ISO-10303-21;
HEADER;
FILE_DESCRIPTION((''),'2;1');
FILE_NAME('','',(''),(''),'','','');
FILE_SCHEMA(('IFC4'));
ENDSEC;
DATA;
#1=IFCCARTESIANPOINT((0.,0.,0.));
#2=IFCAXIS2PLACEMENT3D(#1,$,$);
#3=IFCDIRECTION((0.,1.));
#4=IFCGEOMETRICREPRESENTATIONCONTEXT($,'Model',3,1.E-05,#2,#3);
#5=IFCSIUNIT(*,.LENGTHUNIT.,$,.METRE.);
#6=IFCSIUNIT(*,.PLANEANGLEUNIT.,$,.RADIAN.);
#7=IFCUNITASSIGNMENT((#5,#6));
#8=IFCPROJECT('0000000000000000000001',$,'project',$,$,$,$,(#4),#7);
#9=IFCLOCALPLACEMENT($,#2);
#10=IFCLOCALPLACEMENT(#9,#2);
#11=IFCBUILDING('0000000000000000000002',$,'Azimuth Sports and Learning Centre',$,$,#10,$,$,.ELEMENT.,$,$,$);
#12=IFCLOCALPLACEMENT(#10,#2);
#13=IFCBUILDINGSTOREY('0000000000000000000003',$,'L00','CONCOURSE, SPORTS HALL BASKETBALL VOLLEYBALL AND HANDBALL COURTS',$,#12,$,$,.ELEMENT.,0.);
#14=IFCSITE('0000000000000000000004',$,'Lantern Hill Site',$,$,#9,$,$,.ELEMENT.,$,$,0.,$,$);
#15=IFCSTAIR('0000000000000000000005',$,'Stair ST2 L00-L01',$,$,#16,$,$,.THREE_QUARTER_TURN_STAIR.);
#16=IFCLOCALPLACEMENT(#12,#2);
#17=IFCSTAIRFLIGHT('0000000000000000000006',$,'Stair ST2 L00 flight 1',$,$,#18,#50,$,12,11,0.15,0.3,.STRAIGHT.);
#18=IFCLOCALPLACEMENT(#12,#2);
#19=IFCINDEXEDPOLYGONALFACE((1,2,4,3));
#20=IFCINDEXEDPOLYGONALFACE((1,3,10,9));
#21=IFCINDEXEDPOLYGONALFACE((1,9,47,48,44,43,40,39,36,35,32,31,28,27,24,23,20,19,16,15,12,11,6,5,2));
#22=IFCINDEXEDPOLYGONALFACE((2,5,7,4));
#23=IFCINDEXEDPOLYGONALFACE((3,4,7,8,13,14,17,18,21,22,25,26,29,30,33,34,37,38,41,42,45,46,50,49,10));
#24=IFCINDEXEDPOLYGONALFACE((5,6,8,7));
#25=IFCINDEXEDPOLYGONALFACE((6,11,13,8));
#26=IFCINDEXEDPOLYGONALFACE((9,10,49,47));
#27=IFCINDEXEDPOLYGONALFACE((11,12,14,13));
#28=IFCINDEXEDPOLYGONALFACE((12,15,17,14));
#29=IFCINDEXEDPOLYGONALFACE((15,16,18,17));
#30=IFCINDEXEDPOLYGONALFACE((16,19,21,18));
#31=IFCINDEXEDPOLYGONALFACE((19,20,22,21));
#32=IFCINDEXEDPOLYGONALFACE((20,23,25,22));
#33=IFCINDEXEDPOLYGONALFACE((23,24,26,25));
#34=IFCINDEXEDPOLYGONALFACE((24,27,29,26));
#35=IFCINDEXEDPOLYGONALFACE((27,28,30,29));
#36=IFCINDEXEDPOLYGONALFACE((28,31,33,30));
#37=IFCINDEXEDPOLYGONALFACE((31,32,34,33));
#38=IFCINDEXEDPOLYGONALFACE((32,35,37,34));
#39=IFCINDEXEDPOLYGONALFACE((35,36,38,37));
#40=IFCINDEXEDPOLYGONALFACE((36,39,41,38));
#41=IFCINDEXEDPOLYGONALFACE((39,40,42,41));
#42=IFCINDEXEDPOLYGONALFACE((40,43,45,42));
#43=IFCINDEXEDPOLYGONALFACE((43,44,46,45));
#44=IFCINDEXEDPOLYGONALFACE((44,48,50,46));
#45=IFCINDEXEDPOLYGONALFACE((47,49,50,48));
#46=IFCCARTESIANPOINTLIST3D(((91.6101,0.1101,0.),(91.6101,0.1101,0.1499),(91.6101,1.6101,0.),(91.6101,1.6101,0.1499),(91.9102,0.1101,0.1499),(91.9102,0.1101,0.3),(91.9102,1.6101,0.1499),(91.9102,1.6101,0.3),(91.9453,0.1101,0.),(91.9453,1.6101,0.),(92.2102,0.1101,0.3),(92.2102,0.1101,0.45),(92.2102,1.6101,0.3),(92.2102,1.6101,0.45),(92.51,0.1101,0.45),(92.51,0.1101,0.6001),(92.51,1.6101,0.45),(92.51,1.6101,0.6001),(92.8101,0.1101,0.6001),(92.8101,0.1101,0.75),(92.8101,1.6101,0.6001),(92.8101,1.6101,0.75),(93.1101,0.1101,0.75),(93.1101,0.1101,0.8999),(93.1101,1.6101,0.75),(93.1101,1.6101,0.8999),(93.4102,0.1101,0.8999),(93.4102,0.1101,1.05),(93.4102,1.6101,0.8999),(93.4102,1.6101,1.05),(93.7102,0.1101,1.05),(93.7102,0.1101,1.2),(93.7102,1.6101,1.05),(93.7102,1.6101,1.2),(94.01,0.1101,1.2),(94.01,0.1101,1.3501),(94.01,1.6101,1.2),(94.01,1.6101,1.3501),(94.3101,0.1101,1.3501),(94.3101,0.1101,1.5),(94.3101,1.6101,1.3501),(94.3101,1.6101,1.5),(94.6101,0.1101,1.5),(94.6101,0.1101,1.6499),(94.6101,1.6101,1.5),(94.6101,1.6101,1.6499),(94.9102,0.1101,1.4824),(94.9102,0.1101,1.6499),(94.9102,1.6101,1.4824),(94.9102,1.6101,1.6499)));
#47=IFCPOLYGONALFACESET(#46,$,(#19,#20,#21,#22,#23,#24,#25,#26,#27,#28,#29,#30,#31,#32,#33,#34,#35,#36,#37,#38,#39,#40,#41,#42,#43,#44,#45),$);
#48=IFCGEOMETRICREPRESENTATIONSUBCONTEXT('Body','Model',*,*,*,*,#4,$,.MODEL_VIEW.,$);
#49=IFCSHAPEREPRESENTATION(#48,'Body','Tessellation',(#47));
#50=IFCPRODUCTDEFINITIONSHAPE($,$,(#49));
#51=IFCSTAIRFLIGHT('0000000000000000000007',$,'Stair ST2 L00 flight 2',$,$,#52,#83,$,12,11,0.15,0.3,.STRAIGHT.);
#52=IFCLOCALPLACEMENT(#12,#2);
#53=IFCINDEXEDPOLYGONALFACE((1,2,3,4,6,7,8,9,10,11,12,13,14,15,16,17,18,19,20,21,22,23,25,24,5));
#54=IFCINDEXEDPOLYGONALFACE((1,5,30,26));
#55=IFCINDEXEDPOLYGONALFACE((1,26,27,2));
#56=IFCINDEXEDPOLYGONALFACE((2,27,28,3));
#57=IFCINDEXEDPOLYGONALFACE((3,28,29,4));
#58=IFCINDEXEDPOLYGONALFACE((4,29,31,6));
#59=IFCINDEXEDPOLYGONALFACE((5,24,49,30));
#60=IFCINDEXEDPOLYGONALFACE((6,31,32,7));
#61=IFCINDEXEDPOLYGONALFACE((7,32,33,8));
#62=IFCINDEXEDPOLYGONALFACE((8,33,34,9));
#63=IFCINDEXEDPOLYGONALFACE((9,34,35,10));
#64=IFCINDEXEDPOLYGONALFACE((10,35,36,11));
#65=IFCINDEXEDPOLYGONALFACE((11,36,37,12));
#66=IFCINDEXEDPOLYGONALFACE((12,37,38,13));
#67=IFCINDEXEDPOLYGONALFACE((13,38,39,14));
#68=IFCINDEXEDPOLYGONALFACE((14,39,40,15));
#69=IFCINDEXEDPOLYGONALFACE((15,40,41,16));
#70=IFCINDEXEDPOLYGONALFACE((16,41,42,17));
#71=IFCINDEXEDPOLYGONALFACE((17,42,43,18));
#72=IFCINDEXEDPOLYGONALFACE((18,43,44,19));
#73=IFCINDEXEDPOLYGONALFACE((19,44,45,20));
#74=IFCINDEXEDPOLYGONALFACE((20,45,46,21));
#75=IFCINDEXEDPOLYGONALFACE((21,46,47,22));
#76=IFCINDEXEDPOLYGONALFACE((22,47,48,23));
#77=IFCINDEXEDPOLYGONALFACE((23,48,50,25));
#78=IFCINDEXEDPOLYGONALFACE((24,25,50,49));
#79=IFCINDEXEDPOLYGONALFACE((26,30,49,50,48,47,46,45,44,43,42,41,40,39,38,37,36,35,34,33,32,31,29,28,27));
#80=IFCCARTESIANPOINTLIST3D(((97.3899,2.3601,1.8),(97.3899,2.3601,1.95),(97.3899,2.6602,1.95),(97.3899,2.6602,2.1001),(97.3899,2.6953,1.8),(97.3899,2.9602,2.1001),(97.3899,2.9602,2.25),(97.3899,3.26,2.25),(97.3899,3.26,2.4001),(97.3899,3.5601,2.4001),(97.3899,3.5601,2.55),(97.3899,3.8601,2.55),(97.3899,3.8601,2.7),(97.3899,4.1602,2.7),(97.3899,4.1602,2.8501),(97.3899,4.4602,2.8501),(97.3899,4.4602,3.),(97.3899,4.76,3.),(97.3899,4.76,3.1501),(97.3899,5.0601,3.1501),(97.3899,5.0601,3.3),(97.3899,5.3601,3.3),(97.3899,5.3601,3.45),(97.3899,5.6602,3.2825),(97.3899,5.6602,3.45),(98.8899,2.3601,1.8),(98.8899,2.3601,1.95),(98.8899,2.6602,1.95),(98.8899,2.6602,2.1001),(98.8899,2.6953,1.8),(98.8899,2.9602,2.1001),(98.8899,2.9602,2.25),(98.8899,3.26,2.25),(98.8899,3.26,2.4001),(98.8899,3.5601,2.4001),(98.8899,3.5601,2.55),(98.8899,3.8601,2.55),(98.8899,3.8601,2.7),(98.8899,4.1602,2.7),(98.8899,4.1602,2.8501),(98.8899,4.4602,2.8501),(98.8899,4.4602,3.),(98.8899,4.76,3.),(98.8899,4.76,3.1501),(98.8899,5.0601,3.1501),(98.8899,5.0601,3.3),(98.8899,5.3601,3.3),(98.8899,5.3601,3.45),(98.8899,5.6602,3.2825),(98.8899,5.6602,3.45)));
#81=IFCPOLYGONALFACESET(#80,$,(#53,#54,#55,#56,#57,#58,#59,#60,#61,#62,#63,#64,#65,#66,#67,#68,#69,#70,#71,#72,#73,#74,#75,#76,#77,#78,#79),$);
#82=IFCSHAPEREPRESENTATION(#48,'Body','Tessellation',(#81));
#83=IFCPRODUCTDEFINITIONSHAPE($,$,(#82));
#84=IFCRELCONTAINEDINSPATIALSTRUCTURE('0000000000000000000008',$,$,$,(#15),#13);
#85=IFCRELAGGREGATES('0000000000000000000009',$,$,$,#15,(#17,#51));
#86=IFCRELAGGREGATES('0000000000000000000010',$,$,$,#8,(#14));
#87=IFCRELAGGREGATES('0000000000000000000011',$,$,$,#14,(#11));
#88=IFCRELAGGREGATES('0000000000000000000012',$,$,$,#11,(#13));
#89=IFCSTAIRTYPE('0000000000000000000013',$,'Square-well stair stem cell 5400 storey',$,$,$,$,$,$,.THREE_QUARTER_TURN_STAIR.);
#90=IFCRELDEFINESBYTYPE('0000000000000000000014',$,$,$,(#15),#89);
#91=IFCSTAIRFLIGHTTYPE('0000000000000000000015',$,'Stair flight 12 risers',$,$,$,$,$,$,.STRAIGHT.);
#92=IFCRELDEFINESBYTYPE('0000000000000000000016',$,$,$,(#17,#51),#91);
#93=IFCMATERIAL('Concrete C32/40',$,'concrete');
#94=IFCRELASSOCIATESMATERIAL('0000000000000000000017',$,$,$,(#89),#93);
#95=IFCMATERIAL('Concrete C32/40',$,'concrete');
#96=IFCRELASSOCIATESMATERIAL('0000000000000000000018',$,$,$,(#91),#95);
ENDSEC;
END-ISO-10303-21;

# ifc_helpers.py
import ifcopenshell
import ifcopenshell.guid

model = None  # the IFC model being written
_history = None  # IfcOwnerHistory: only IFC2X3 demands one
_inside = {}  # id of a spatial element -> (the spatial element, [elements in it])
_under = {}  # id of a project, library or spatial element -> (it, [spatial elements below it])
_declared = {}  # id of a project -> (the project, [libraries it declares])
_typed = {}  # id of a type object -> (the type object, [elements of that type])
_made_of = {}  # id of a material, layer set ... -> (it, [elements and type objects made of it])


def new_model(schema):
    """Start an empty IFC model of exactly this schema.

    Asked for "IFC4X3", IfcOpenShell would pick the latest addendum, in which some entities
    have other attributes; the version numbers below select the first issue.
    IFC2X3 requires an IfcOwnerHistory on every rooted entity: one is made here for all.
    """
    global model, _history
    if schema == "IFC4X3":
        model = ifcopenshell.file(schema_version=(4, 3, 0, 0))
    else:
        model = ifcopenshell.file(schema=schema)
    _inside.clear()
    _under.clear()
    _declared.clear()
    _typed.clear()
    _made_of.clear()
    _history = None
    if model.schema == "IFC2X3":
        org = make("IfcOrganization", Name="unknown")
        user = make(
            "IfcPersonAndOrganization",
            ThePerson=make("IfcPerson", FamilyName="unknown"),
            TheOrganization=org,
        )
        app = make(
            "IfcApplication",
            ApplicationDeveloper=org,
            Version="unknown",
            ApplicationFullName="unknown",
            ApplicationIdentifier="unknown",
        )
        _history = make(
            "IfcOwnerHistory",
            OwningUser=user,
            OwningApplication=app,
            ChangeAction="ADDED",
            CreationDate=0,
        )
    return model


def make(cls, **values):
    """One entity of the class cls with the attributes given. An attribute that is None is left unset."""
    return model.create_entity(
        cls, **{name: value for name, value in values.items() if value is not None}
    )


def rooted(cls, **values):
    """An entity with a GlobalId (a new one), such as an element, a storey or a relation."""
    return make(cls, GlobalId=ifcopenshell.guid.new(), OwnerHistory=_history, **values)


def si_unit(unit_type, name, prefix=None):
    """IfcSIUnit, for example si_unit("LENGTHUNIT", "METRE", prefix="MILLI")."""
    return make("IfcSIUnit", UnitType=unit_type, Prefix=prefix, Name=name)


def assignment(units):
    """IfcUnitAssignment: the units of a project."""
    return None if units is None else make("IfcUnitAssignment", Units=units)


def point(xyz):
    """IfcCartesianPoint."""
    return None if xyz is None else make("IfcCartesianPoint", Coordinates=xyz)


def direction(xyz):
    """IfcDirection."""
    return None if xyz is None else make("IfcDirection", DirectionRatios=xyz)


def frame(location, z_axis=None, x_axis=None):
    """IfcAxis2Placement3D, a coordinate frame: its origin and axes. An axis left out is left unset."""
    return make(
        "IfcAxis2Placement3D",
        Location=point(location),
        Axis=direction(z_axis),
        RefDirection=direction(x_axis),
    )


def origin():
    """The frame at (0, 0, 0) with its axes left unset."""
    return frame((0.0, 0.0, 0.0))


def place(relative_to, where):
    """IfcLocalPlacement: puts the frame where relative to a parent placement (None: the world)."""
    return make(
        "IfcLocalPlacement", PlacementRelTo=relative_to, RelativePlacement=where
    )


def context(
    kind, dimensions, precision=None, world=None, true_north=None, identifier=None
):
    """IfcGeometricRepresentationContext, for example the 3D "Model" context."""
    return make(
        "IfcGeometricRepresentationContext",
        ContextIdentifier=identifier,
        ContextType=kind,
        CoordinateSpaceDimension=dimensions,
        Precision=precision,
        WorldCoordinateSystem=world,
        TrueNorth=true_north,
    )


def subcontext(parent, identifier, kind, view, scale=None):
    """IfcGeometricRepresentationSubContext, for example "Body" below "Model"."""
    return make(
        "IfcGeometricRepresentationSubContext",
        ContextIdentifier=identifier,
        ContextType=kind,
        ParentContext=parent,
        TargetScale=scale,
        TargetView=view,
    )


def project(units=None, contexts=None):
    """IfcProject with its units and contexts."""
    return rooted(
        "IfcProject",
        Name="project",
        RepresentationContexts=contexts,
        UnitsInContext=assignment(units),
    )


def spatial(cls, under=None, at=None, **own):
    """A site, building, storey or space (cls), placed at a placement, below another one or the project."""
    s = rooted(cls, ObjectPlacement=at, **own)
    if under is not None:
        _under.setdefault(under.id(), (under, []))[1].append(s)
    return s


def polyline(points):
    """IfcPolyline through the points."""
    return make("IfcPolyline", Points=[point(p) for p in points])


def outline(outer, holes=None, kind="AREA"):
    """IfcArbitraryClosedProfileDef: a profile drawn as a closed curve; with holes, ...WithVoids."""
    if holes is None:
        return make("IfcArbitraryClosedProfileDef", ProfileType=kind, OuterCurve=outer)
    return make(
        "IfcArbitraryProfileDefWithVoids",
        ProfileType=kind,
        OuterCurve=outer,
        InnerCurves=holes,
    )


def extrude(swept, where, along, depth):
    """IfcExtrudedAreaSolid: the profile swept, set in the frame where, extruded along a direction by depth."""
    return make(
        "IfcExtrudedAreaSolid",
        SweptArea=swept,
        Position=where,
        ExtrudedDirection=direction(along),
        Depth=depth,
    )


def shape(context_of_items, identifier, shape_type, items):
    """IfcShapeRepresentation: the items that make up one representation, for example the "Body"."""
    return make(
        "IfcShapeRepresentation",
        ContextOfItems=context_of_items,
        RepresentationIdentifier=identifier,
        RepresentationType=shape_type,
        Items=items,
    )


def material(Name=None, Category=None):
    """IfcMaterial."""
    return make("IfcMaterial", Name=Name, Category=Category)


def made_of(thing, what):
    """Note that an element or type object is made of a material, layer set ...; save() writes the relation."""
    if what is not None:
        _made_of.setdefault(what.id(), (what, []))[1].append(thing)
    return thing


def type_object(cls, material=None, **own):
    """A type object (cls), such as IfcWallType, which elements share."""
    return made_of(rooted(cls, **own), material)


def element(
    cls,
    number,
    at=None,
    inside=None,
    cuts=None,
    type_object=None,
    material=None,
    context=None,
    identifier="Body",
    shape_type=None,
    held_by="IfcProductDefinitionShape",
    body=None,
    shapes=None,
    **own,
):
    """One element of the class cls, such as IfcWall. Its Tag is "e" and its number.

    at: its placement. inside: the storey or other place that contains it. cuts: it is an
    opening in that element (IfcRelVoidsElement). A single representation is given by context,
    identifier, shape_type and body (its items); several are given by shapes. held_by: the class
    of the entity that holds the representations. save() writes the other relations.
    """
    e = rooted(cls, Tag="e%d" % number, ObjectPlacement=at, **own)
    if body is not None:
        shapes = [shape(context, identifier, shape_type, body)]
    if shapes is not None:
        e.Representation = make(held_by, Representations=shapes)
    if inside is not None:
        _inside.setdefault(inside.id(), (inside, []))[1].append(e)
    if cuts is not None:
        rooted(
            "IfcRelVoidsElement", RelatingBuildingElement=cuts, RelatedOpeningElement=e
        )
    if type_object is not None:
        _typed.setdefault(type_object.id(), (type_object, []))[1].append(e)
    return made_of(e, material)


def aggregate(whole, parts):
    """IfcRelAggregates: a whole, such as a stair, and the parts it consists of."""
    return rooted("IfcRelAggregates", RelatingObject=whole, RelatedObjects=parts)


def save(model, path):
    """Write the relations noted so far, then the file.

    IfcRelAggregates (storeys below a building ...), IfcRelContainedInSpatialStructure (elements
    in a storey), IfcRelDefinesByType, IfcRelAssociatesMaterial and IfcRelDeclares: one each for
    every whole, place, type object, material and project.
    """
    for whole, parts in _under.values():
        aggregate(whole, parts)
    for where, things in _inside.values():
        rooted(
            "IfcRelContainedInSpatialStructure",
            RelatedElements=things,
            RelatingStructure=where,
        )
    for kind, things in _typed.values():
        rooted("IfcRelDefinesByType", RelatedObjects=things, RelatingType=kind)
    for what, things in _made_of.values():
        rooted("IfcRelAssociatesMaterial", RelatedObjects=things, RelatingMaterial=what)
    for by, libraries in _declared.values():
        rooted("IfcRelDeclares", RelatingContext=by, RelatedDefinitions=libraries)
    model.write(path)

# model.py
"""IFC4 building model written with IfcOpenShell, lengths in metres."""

from ifc_helpers import new_model, si_unit, direction, frame, origin, place, context, subcontext, project, spatial, polyline, outline, extrude, material, type_object, element, aggregate, save


model = new_model("IFC4")

# Units and contexts
model_context = context("Model", 3, precision=1e-05, world=origin(), true_north=direction((0.0, 1.0)))
body_context = subcontext(model_context, "Body", "Model", "MODEL_VIEW")
ifc_project = project(units=[si_unit("LENGTHUNIT", "METRE"), si_unit("PLANEANGLEUNIT", "RADIAN")], contexts=[model_context])

# Site, building, storey
site_placement = place(None, origin())
site = spatial("IfcSite", under=ifc_project, at=site_placement, Name="Lantern Hill Site", CompositionType="ELEMENT", RefElevation=0.0)
building_placement = place(site_placement, origin())
building = spatial("IfcBuilding", under=site, at=building_placement, Name="Azimuth Sports and Learning Centre", CompositionType="ELEMENT")
storey_placement = place(building_placement, origin())
storey = spatial("IfcBuildingStorey", under=building, at=storey_placement, Name="L00", Description="CONCOURSE, SPORTS HALL BASKETBALL VOLLEYBALL AND HANDBALL COURTS", CompositionType="ELEMENT", Elevation=0.0)

# Stair, stair flights
ifc_material_1 = material(Name="Concrete C32/40", Category="concrete")
stair_type = type_object("IfcStairType", Name="Square-well stair stem cell 5400 storey", PredefinedType="THREE_QUARTER_TURN_STAIR", material=ifc_material_1)
stair_placement = place(storey_placement, origin())
stair = element("IfcStair", 1, at=stair_placement, inside=storey, type_object=stair_type, Name="Stair ST2 L00-L01", PredefinedType="THREE_QUARTER_TURN_STAIR")
ifc_material_2 = material(Name="Concrete C32/40", Category="concrete")
stair_flight_type = type_object("IfcStairFlightType", Name="Stair flight 12 risers", PredefinedType="STRAIGHT", material=ifc_material_2)
stair_flight_1_placement = place(storey_placement, frame((91.6101, 0.8601, 0.0), z_axis=(0.0, 0.0, 1.0), x_axis=(1.0, 0.0, 0.0)))
stair_flight_1 = element("IfcStairFlight", 2, at=stair_flight_1_placement, type_object=stair_flight_type, Name="Stair ST2 L00 flight 1", NumberOfRisers=12, NumberOfTreads=11, PredefinedType="STRAIGHT", RiserHeight=0.15, TreadLength=0.3, context=body_context, shape_type="SweptSolid", body=[
    extrude(outline(polyline([(0.0, 0.0), (0.0, 0.1499), (0.3, 0.1499), (0.3, 0.3), (0.6001, 0.3), (0.6001, 0.45), (0.8999, 0.45), (0.8999, 0.6001), (1.2, 0.6001), (1.2, 0.75), (1.5, 0.75), (1.5, 0.8999), (1.8, 0.8999), (1.8, 1.05), (2.1001, 1.05), (2.1001, 1.2), (2.3999, 1.2), (2.3999, 1.3501), (2.7, 1.3501), (2.7, 1.5), (3.0, 1.5), (3.0, 1.6499), (3.3, 1.6499), (3.3, 1.8), (3.3, 1.4824), (0.3352, 0.0), (0.0, 0.0)])), frame((0.0, 0.75, 0.0), z_axis=(0.0, -1.0, 0.0), x_axis=(1.0, 0.0, 0.0)), (0.0, 0.0, 1.0), 1.5),
])
stair_flight_2_placement = place(storey_placement, frame((98.1399, 2.3601, 1.8), z_axis=(0.0, 0.0, 1.0), x_axis=(0.0, 1.0, 0.0)))
stair_flight_2 = element("IfcStairFlight", 3, at=stair_flight_2_placement, type_object=stair_flight_type, Name="Stair ST2 L00 flight 2", NumberOfRisers=12, NumberOfTreads=11, PredefinedType="STRAIGHT", RiserHeight=0.15, TreadLength=0.3, context=body_context, shape_type="SweptSolid", body=[
    extrude(outline(polyline([(0.0, 0.0), (0.0, 0.1499), (0.3, 0.1499), (0.3, 0.3), (0.6001, 0.3), (0.6001, 0.45), (0.8999, 0.45), (0.8999, 0.6001), (1.2, 0.6001), (1.2, 0.75), (1.5, 0.75), (1.5, 0.8999), (1.8, 0.8999), (1.8, 1.05), (2.1001, 1.05), (2.1001, 1.2), (2.3999, 1.2), (2.3999, 1.3501), (2.7, 1.3501), (2.7, 1.5), (3.0, 1.5), (3.0, 1.6499), (3.3, 1.6499), (3.3, 1.8), (3.3, 1.4824), (0.3352, 0.0), (0.0, 0.0)])), frame((0.0, 0.75, 0.0), z_axis=(0.0, -1.0, 0.0), x_axis=(1.0, 0.0, 0.0)), (0.0, 0.0, 1.0), 1.5),
])
aggregate(stair, [stair_flight_1, stair_flight_2])

save(model, "model.ifc")
